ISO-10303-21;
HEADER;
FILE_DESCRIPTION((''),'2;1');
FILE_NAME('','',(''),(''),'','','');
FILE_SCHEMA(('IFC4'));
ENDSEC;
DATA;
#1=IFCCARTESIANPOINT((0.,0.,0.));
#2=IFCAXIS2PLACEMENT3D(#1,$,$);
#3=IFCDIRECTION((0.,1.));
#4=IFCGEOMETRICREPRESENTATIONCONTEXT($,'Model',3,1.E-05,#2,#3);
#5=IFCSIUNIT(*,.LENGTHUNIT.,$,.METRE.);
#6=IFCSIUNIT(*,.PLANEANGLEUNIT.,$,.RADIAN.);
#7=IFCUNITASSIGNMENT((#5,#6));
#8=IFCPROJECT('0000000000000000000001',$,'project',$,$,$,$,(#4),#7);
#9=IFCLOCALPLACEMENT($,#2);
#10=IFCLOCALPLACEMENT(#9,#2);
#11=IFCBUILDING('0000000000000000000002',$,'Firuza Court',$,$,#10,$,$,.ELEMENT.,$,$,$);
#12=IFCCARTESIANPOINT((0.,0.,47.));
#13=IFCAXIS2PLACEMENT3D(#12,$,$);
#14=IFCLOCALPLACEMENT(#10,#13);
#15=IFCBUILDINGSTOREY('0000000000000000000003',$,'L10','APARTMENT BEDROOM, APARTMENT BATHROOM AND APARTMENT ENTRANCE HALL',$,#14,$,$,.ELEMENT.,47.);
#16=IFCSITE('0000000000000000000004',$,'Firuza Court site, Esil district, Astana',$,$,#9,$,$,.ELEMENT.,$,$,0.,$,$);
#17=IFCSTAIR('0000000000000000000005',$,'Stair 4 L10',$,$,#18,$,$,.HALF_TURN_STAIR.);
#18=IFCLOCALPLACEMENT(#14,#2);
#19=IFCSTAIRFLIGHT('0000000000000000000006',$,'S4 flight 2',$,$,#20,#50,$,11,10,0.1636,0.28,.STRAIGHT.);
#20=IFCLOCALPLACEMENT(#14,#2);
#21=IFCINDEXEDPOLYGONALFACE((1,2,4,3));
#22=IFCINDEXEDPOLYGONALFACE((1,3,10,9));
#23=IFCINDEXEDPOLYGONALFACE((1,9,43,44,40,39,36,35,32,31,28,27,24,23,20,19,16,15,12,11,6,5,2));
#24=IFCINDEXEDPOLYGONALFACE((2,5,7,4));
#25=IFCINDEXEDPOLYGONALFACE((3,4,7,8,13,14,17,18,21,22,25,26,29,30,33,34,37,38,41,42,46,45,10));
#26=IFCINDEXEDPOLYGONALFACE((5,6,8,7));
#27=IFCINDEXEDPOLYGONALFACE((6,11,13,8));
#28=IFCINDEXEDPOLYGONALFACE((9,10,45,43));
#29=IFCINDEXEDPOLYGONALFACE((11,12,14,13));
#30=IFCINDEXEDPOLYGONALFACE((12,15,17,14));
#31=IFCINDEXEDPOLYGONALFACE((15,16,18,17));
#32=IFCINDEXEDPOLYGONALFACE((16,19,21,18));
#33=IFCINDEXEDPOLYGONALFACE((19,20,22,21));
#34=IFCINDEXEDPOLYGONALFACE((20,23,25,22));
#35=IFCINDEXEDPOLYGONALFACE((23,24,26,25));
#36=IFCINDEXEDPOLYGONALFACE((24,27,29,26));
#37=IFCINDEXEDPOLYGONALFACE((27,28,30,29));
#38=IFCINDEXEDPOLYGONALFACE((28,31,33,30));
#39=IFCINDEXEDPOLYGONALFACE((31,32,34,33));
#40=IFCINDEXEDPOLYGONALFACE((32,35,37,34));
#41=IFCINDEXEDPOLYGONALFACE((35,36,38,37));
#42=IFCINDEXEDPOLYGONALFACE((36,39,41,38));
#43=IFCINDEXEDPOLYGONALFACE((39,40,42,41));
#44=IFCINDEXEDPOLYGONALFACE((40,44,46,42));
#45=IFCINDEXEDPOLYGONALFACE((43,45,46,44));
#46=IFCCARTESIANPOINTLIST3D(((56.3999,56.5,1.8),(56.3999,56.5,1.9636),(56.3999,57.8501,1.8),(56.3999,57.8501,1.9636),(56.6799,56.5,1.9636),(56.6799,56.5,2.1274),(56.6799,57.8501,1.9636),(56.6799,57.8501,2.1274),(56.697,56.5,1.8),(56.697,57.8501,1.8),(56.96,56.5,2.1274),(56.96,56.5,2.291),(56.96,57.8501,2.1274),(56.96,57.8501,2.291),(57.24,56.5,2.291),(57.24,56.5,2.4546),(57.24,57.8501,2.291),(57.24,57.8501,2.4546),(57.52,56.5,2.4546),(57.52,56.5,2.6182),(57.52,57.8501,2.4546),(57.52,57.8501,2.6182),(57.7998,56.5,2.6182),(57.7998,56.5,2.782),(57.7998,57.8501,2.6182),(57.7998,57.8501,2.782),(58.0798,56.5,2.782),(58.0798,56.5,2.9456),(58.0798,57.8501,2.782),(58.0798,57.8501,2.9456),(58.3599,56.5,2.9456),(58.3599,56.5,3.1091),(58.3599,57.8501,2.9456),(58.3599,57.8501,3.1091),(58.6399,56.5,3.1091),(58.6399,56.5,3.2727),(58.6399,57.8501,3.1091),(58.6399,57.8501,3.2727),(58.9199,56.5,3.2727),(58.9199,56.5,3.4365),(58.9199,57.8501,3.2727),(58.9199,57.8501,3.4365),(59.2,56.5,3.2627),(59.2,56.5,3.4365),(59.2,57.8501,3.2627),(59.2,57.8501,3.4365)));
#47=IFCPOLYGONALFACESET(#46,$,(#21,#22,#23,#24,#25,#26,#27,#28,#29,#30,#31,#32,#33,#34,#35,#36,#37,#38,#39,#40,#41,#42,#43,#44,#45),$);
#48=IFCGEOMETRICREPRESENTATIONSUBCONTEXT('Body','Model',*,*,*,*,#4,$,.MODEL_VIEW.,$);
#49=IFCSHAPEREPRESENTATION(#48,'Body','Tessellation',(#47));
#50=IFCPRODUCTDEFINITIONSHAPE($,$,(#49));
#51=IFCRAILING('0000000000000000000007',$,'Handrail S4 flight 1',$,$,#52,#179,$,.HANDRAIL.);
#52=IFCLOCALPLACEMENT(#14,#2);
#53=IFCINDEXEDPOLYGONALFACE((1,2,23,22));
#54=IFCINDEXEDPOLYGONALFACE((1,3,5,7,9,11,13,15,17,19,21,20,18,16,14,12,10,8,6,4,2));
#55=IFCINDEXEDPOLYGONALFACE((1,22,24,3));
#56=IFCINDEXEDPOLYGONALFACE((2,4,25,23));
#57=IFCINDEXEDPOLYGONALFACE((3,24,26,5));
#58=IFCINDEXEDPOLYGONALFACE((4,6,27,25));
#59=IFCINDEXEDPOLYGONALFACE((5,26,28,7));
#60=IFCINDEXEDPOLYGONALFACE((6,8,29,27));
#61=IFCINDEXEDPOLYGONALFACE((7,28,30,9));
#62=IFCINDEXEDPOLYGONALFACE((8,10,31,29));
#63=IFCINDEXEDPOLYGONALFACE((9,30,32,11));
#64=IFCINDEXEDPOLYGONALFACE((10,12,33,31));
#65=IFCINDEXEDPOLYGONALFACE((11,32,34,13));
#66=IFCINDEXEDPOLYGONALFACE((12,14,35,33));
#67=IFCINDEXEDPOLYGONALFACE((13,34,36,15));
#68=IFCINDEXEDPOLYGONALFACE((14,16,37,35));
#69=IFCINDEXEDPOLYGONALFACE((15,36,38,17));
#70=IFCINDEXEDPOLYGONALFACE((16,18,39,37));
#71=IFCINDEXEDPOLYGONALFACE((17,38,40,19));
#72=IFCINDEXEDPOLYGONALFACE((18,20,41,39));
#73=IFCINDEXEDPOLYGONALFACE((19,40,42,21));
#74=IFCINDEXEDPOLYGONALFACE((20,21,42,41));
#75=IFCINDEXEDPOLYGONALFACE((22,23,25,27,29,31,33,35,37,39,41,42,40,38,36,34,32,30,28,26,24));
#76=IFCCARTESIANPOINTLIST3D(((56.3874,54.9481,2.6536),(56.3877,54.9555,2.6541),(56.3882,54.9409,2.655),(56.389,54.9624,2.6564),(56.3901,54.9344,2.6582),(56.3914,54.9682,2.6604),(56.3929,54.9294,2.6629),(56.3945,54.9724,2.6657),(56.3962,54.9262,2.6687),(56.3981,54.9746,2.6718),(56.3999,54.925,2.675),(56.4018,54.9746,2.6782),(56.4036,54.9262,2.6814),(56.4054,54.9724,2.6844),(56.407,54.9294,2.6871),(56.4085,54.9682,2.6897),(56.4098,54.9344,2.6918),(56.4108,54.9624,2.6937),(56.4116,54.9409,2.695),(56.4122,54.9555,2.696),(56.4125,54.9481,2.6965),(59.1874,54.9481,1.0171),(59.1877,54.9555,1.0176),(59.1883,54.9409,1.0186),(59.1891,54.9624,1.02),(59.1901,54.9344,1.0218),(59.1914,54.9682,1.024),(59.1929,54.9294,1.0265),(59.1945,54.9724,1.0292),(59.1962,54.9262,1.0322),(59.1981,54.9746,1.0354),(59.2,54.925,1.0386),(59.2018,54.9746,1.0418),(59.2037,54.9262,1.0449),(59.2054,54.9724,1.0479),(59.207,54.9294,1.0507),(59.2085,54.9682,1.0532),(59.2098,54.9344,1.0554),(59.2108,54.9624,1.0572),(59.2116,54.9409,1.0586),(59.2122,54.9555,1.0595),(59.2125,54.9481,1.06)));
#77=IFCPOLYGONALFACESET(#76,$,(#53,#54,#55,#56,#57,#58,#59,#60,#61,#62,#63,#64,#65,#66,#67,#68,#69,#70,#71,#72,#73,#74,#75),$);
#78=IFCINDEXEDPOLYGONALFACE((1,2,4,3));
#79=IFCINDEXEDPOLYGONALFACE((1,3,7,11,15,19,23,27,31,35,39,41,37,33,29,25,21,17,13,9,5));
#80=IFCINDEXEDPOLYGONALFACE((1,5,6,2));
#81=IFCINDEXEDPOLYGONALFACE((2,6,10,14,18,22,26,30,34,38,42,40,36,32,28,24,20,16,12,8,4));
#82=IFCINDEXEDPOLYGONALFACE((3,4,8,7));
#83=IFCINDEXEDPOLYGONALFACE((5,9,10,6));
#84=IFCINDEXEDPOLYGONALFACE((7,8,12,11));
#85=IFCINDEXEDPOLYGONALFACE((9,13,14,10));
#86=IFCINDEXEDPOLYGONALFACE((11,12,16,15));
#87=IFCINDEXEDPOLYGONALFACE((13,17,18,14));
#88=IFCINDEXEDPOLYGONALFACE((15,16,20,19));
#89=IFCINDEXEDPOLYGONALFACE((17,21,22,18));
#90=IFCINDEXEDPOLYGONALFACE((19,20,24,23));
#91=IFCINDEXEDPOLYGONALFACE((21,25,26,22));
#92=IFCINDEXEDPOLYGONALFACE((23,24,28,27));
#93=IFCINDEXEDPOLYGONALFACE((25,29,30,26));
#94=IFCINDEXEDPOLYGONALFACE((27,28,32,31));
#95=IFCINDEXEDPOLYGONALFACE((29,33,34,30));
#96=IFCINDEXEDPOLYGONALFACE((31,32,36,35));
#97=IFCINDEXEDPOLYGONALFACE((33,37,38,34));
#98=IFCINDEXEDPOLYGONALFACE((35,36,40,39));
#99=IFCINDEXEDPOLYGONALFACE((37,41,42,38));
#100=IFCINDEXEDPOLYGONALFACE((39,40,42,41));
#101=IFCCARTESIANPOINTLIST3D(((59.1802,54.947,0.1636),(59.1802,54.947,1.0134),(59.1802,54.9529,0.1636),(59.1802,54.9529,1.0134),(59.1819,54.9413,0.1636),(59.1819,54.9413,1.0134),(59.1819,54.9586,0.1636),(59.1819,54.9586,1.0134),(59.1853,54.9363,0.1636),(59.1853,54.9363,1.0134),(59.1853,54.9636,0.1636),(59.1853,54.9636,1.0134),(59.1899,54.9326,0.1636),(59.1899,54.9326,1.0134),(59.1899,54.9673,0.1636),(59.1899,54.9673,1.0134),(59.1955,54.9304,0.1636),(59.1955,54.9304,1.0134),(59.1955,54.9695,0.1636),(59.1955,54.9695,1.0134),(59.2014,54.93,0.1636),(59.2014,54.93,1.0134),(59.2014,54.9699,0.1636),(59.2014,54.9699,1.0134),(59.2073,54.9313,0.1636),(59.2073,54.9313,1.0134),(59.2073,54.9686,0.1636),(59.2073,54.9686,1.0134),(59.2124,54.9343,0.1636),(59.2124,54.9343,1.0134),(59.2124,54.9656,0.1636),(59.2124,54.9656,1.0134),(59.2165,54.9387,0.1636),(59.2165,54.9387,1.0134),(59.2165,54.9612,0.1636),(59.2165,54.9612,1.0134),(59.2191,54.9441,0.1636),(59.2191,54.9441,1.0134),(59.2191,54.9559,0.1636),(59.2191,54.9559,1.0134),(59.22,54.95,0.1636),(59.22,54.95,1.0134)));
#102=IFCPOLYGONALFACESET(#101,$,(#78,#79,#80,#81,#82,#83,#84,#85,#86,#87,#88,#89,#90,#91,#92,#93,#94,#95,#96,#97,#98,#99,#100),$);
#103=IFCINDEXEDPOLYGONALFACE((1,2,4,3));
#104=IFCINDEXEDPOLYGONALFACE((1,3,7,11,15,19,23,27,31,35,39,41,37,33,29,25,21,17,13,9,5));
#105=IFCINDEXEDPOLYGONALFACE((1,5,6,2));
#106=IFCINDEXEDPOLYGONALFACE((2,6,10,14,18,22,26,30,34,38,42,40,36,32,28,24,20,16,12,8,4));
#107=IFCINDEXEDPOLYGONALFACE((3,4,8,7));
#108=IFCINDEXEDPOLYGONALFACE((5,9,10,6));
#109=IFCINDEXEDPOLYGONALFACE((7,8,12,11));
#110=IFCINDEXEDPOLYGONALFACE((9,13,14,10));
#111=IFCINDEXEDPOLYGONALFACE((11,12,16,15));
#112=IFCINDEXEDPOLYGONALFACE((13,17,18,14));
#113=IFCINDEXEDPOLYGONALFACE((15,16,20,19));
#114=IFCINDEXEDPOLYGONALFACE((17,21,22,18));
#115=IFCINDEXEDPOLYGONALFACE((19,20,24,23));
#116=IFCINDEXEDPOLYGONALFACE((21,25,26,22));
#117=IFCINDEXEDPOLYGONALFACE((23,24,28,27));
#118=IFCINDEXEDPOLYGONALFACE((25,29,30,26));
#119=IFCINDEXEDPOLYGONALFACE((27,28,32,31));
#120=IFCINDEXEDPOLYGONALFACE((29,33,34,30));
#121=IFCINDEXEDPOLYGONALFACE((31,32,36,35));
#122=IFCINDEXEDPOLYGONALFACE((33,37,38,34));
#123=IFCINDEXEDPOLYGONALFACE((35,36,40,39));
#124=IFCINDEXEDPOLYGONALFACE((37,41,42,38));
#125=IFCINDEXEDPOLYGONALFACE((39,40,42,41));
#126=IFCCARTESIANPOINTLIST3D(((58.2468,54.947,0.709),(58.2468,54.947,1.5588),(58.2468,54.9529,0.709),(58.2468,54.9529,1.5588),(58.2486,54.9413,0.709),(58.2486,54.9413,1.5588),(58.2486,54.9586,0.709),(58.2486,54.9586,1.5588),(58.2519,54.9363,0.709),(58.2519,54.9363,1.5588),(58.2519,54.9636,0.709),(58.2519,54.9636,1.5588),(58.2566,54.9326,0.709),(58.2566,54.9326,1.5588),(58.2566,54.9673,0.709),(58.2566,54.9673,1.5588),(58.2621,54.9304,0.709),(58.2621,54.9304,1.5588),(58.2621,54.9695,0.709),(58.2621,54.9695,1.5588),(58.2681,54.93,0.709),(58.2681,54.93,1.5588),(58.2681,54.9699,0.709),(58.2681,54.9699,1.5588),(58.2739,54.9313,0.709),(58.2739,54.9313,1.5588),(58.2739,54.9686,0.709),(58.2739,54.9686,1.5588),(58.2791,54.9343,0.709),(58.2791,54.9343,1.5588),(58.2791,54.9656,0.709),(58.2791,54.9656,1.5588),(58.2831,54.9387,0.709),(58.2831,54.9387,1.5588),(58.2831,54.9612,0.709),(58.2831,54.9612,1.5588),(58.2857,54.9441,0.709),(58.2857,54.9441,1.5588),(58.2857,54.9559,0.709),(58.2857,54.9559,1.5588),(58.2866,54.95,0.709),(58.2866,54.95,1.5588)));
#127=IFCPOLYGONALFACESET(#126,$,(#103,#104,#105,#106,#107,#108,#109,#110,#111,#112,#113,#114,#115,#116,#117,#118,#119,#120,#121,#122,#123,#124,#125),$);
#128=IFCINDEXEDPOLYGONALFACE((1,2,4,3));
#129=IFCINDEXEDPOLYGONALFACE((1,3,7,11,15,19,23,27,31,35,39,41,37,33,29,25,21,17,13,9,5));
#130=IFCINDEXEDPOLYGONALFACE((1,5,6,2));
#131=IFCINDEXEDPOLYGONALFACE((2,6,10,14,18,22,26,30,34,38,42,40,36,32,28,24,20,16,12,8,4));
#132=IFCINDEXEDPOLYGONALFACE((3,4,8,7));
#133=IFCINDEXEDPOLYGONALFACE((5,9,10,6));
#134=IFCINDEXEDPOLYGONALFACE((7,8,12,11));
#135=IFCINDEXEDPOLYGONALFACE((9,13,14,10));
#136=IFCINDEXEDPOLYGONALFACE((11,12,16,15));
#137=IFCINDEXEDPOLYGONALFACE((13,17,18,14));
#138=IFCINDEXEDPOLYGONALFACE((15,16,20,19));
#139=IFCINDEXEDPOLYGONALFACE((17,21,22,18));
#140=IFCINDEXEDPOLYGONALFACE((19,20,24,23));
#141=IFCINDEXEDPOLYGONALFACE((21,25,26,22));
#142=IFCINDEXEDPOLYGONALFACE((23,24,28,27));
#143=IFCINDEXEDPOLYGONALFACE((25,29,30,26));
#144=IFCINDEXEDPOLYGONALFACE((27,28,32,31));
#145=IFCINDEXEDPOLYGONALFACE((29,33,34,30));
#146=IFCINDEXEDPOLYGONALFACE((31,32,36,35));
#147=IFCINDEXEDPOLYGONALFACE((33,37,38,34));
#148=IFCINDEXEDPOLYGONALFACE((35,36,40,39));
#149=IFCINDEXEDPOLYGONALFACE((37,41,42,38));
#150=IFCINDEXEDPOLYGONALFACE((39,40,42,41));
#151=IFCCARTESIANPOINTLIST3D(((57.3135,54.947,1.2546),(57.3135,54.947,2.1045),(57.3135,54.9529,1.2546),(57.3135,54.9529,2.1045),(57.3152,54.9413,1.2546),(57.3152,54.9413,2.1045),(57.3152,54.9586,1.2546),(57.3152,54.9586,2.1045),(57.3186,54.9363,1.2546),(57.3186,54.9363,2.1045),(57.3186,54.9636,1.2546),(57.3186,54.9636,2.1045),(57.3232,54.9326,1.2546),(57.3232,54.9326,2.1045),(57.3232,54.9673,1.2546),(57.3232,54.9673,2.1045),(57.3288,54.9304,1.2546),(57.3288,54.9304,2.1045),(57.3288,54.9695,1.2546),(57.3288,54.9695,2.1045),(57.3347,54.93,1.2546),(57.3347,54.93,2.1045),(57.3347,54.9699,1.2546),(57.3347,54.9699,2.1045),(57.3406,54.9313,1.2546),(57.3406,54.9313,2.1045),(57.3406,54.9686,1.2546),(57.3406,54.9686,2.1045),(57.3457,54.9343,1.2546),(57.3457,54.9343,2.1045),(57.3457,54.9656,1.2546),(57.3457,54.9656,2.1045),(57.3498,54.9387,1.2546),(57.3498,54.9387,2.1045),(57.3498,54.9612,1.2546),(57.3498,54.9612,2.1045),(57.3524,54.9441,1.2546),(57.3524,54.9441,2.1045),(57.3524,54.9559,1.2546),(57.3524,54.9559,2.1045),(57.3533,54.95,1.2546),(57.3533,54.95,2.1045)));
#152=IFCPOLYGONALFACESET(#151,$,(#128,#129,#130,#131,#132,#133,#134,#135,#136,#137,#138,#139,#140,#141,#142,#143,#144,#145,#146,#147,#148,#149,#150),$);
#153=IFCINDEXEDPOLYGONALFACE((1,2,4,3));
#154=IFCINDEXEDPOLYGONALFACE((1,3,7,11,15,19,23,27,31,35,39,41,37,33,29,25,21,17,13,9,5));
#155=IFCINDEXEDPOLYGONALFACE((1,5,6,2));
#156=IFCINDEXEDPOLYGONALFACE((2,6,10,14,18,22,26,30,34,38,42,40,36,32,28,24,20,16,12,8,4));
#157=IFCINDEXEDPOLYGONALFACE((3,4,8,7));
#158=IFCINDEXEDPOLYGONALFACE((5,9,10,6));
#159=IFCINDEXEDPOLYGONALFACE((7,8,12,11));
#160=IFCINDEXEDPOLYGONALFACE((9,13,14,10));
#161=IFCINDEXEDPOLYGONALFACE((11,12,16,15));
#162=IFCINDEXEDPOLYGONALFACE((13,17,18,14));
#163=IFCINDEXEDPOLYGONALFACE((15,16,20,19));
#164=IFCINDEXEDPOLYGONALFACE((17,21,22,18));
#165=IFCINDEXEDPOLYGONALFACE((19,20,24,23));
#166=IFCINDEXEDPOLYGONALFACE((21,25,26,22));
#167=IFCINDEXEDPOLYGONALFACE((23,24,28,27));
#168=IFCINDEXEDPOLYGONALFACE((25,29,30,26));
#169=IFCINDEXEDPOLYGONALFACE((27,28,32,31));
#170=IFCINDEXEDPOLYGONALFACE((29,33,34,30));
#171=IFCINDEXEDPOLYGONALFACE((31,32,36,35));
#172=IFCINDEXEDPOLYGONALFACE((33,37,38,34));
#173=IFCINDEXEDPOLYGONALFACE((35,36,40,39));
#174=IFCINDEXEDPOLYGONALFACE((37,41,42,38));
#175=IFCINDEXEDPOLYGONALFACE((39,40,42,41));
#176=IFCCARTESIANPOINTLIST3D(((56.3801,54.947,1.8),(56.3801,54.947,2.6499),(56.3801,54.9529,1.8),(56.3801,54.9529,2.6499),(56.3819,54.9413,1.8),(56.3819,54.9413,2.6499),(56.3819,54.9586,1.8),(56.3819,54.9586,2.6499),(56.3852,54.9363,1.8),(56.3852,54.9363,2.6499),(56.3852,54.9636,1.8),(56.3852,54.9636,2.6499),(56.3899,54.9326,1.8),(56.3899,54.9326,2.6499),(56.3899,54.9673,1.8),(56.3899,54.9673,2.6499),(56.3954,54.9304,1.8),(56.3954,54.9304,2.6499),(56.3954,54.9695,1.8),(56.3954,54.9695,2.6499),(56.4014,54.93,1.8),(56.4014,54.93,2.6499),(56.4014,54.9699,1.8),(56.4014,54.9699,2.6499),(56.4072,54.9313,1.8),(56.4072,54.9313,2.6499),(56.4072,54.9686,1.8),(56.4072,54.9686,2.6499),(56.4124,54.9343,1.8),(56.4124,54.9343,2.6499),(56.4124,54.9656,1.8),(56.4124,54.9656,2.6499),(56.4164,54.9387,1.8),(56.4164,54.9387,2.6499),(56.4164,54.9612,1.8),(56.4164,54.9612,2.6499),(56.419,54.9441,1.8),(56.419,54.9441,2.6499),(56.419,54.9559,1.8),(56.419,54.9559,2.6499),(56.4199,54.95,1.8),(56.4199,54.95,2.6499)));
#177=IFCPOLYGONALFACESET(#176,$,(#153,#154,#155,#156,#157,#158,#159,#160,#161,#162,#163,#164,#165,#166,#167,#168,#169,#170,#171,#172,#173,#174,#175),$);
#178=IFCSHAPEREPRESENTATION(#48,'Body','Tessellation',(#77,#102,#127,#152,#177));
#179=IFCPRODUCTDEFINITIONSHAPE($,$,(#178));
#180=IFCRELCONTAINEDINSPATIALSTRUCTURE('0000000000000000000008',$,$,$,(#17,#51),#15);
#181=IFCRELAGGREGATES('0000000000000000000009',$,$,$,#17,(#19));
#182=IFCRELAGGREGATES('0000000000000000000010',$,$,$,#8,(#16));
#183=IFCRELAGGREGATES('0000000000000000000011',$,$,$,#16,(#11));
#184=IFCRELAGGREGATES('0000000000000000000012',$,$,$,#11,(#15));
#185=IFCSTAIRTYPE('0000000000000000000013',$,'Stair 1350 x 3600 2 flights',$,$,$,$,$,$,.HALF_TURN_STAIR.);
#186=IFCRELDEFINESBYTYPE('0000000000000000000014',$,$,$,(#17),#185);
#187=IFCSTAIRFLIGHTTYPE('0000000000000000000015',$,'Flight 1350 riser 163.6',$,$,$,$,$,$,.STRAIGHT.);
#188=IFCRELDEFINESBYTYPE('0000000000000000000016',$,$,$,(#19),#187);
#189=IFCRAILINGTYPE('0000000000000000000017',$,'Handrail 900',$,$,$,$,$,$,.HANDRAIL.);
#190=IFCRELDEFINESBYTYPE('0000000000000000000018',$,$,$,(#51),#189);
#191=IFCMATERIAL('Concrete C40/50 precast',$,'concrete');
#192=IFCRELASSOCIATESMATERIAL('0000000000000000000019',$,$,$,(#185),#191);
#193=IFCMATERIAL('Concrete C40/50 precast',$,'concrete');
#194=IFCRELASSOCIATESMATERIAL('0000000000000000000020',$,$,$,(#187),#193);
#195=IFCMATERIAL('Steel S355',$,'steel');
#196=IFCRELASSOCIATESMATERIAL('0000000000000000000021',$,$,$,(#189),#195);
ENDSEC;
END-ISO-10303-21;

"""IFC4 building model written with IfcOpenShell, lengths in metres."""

from ifc_helpers import new_model, si_unit, direction, frame, origin, origin_2d, place, context, subcontext, project, spatial, polyline, circle, outline, extrude, material, type_object, element, aggregate, save


model = new_model("IFC4")

# Units and contexts
model_context = context("Model", 3, precision=1e-05, world=origin(), true_north=direction((0.0, 1.0)))
body_context = subcontext(model_context, "Body", "Model", "MODEL_VIEW")
ifc_project = project(units=[si_unit("LENGTHUNIT", "METRE"), si_unit("PLANEANGLEUNIT", "RADIAN")], contexts=[model_context])

# Site, building, storey
site_placement = place(None, origin())
site = spatial("IfcSite", under=ifc_project, at=site_placement, Name="Firuza Court site, Esil district, Astana", CompositionType="ELEMENT", RefElevation=0.0)
building_placement = place(site_placement, origin())
building = spatial("IfcBuilding", under=site, at=building_placement, Name="Firuza Court", CompositionType="ELEMENT")
storey_placement = place(building_placement, frame((0.0, 0.0, 47.0)))
storey = spatial("IfcBuildingStorey", under=building, at=storey_placement, Name="L10", Description="APARTMENT BEDROOM, APARTMENT BATHROOM AND APARTMENT ENTRANCE HALL", CompositionType="ELEMENT", Elevation=47.0)

# Stair, stair flight
ifc_material_1 = material(Name="Concrete C40/50 precast", Category="concrete")
stair_type = type_object("IfcStairType", Name="Stair 1350 x 3600 2 flights", PredefinedType="HALF_TURN_STAIR", material=ifc_material_1)
stair_placement = place(storey_placement, origin())
stair = element("IfcStair", 1, at=stair_placement, inside=storey, type_object=stair_type, Name="Stair 4 L10", PredefinedType="HALF_TURN_STAIR")
ifc_material_2 = material(Name="Concrete C40/50 precast", Category="concrete")
stair_flight_type = type_object("IfcStairFlightType", Name="Flight 1350 riser 163.6", PredefinedType="STRAIGHT", material=ifc_material_2)
stair_flight_1_placement = place(storey_placement, frame((56.3999, 57.175, 1.8), z_axis=(0.0, 0.0, 1.0), x_axis=(1.0, 0.0, 0.0)))
stair_flight_1 = element("IfcStairFlight", 2, at=stair_flight_1_placement, type_object=stair_flight_type, Name="S4 flight 2", NumberOfRisers=11, NumberOfTreads=10, PredefinedType="STRAIGHT", RiserHeight=0.1636, TreadLength=0.28, context=body_context, shape_type="SweptSolid", body=[
    extrude(outline(polyline([(0.0, 0.0), (0.0, 0.1636), (0.28, 0.1636), (0.28, 0.3274), (0.5601, 0.3274), (0.5601, 0.491), (0.8401, 0.491), (0.8401, 0.6545), (1.1201, 0.6545), (1.1201, 0.8181), (1.3999, 0.8181), (1.3999, 0.9819), (1.6799, 0.9819), (1.6799, 1.1455), (1.96, 1.1455), (1.96, 1.3091), (2.24, 1.3091), (2.24, 1.4727), (2.52, 1.4727), (2.52, 1.6365), (2.8, 1.6365), (2.8, 1.8), (2.8, 1.4626), (0.2971, 0.0), (0.0, 0.0)])), frame((0.0, 0.675, 0.0), z_axis=(0.0, -1.0, 0.0), x_axis=(1.0, 0.0, 0.0)), (0.0, 0.0, 1.0), 1.3501),
])
aggregate(stair, [stair_flight_1])

# Railing
ifc_material_3 = material(Name="Steel S355", Category="steel")
railing_type_1 = type_object("IfcRailingType", Name="Handrail 900", PredefinedType="HANDRAIL", material=ifc_material_3)
railing_1_placement = place(storey_placement, frame((59.2, 54.95, 0.1636)))
element("IfcRailing", 3, at=railing_1_placement, inside=storey, type_object=railing_type_1, Name="Handrail S4 flight 1", PredefinedType="HANDRAIL", context=body_context, shape_type="SweptSolid", body=[
    extrude(circle(Radius=0.0249, at=origin_2d()), frame((0.0, 0.0, 0.875), z_axis=(-0.863361, 0.0, 0.504587), x_axis=(0.0, -1.0, 0.0)), (0.0, 0.0, 1.0), 3.2432),
    extrude(circle(Radius=0.02, at=origin_2d()), origin(), (0.0, 0.0, 1.0), 0.8499),
    extrude(circle(Radius=0.02, at=origin_2d()), frame((-0.9333, 0.0, 0.5454)), (0.0, 0.0, 1.0), 0.8499),
    extrude(circle(Radius=0.02, at=origin_2d()), frame((-1.8667, 0.0, 1.0911)), (0.0, 0.0, 1.0), 0.8499),
    extrude(circle(Radius=0.02, at=origin_2d()), frame((-2.8, 0.0, 1.6365)), (0.0, 0.0, 1.0), 0.8499),
])

save(model, "model.ifc")
